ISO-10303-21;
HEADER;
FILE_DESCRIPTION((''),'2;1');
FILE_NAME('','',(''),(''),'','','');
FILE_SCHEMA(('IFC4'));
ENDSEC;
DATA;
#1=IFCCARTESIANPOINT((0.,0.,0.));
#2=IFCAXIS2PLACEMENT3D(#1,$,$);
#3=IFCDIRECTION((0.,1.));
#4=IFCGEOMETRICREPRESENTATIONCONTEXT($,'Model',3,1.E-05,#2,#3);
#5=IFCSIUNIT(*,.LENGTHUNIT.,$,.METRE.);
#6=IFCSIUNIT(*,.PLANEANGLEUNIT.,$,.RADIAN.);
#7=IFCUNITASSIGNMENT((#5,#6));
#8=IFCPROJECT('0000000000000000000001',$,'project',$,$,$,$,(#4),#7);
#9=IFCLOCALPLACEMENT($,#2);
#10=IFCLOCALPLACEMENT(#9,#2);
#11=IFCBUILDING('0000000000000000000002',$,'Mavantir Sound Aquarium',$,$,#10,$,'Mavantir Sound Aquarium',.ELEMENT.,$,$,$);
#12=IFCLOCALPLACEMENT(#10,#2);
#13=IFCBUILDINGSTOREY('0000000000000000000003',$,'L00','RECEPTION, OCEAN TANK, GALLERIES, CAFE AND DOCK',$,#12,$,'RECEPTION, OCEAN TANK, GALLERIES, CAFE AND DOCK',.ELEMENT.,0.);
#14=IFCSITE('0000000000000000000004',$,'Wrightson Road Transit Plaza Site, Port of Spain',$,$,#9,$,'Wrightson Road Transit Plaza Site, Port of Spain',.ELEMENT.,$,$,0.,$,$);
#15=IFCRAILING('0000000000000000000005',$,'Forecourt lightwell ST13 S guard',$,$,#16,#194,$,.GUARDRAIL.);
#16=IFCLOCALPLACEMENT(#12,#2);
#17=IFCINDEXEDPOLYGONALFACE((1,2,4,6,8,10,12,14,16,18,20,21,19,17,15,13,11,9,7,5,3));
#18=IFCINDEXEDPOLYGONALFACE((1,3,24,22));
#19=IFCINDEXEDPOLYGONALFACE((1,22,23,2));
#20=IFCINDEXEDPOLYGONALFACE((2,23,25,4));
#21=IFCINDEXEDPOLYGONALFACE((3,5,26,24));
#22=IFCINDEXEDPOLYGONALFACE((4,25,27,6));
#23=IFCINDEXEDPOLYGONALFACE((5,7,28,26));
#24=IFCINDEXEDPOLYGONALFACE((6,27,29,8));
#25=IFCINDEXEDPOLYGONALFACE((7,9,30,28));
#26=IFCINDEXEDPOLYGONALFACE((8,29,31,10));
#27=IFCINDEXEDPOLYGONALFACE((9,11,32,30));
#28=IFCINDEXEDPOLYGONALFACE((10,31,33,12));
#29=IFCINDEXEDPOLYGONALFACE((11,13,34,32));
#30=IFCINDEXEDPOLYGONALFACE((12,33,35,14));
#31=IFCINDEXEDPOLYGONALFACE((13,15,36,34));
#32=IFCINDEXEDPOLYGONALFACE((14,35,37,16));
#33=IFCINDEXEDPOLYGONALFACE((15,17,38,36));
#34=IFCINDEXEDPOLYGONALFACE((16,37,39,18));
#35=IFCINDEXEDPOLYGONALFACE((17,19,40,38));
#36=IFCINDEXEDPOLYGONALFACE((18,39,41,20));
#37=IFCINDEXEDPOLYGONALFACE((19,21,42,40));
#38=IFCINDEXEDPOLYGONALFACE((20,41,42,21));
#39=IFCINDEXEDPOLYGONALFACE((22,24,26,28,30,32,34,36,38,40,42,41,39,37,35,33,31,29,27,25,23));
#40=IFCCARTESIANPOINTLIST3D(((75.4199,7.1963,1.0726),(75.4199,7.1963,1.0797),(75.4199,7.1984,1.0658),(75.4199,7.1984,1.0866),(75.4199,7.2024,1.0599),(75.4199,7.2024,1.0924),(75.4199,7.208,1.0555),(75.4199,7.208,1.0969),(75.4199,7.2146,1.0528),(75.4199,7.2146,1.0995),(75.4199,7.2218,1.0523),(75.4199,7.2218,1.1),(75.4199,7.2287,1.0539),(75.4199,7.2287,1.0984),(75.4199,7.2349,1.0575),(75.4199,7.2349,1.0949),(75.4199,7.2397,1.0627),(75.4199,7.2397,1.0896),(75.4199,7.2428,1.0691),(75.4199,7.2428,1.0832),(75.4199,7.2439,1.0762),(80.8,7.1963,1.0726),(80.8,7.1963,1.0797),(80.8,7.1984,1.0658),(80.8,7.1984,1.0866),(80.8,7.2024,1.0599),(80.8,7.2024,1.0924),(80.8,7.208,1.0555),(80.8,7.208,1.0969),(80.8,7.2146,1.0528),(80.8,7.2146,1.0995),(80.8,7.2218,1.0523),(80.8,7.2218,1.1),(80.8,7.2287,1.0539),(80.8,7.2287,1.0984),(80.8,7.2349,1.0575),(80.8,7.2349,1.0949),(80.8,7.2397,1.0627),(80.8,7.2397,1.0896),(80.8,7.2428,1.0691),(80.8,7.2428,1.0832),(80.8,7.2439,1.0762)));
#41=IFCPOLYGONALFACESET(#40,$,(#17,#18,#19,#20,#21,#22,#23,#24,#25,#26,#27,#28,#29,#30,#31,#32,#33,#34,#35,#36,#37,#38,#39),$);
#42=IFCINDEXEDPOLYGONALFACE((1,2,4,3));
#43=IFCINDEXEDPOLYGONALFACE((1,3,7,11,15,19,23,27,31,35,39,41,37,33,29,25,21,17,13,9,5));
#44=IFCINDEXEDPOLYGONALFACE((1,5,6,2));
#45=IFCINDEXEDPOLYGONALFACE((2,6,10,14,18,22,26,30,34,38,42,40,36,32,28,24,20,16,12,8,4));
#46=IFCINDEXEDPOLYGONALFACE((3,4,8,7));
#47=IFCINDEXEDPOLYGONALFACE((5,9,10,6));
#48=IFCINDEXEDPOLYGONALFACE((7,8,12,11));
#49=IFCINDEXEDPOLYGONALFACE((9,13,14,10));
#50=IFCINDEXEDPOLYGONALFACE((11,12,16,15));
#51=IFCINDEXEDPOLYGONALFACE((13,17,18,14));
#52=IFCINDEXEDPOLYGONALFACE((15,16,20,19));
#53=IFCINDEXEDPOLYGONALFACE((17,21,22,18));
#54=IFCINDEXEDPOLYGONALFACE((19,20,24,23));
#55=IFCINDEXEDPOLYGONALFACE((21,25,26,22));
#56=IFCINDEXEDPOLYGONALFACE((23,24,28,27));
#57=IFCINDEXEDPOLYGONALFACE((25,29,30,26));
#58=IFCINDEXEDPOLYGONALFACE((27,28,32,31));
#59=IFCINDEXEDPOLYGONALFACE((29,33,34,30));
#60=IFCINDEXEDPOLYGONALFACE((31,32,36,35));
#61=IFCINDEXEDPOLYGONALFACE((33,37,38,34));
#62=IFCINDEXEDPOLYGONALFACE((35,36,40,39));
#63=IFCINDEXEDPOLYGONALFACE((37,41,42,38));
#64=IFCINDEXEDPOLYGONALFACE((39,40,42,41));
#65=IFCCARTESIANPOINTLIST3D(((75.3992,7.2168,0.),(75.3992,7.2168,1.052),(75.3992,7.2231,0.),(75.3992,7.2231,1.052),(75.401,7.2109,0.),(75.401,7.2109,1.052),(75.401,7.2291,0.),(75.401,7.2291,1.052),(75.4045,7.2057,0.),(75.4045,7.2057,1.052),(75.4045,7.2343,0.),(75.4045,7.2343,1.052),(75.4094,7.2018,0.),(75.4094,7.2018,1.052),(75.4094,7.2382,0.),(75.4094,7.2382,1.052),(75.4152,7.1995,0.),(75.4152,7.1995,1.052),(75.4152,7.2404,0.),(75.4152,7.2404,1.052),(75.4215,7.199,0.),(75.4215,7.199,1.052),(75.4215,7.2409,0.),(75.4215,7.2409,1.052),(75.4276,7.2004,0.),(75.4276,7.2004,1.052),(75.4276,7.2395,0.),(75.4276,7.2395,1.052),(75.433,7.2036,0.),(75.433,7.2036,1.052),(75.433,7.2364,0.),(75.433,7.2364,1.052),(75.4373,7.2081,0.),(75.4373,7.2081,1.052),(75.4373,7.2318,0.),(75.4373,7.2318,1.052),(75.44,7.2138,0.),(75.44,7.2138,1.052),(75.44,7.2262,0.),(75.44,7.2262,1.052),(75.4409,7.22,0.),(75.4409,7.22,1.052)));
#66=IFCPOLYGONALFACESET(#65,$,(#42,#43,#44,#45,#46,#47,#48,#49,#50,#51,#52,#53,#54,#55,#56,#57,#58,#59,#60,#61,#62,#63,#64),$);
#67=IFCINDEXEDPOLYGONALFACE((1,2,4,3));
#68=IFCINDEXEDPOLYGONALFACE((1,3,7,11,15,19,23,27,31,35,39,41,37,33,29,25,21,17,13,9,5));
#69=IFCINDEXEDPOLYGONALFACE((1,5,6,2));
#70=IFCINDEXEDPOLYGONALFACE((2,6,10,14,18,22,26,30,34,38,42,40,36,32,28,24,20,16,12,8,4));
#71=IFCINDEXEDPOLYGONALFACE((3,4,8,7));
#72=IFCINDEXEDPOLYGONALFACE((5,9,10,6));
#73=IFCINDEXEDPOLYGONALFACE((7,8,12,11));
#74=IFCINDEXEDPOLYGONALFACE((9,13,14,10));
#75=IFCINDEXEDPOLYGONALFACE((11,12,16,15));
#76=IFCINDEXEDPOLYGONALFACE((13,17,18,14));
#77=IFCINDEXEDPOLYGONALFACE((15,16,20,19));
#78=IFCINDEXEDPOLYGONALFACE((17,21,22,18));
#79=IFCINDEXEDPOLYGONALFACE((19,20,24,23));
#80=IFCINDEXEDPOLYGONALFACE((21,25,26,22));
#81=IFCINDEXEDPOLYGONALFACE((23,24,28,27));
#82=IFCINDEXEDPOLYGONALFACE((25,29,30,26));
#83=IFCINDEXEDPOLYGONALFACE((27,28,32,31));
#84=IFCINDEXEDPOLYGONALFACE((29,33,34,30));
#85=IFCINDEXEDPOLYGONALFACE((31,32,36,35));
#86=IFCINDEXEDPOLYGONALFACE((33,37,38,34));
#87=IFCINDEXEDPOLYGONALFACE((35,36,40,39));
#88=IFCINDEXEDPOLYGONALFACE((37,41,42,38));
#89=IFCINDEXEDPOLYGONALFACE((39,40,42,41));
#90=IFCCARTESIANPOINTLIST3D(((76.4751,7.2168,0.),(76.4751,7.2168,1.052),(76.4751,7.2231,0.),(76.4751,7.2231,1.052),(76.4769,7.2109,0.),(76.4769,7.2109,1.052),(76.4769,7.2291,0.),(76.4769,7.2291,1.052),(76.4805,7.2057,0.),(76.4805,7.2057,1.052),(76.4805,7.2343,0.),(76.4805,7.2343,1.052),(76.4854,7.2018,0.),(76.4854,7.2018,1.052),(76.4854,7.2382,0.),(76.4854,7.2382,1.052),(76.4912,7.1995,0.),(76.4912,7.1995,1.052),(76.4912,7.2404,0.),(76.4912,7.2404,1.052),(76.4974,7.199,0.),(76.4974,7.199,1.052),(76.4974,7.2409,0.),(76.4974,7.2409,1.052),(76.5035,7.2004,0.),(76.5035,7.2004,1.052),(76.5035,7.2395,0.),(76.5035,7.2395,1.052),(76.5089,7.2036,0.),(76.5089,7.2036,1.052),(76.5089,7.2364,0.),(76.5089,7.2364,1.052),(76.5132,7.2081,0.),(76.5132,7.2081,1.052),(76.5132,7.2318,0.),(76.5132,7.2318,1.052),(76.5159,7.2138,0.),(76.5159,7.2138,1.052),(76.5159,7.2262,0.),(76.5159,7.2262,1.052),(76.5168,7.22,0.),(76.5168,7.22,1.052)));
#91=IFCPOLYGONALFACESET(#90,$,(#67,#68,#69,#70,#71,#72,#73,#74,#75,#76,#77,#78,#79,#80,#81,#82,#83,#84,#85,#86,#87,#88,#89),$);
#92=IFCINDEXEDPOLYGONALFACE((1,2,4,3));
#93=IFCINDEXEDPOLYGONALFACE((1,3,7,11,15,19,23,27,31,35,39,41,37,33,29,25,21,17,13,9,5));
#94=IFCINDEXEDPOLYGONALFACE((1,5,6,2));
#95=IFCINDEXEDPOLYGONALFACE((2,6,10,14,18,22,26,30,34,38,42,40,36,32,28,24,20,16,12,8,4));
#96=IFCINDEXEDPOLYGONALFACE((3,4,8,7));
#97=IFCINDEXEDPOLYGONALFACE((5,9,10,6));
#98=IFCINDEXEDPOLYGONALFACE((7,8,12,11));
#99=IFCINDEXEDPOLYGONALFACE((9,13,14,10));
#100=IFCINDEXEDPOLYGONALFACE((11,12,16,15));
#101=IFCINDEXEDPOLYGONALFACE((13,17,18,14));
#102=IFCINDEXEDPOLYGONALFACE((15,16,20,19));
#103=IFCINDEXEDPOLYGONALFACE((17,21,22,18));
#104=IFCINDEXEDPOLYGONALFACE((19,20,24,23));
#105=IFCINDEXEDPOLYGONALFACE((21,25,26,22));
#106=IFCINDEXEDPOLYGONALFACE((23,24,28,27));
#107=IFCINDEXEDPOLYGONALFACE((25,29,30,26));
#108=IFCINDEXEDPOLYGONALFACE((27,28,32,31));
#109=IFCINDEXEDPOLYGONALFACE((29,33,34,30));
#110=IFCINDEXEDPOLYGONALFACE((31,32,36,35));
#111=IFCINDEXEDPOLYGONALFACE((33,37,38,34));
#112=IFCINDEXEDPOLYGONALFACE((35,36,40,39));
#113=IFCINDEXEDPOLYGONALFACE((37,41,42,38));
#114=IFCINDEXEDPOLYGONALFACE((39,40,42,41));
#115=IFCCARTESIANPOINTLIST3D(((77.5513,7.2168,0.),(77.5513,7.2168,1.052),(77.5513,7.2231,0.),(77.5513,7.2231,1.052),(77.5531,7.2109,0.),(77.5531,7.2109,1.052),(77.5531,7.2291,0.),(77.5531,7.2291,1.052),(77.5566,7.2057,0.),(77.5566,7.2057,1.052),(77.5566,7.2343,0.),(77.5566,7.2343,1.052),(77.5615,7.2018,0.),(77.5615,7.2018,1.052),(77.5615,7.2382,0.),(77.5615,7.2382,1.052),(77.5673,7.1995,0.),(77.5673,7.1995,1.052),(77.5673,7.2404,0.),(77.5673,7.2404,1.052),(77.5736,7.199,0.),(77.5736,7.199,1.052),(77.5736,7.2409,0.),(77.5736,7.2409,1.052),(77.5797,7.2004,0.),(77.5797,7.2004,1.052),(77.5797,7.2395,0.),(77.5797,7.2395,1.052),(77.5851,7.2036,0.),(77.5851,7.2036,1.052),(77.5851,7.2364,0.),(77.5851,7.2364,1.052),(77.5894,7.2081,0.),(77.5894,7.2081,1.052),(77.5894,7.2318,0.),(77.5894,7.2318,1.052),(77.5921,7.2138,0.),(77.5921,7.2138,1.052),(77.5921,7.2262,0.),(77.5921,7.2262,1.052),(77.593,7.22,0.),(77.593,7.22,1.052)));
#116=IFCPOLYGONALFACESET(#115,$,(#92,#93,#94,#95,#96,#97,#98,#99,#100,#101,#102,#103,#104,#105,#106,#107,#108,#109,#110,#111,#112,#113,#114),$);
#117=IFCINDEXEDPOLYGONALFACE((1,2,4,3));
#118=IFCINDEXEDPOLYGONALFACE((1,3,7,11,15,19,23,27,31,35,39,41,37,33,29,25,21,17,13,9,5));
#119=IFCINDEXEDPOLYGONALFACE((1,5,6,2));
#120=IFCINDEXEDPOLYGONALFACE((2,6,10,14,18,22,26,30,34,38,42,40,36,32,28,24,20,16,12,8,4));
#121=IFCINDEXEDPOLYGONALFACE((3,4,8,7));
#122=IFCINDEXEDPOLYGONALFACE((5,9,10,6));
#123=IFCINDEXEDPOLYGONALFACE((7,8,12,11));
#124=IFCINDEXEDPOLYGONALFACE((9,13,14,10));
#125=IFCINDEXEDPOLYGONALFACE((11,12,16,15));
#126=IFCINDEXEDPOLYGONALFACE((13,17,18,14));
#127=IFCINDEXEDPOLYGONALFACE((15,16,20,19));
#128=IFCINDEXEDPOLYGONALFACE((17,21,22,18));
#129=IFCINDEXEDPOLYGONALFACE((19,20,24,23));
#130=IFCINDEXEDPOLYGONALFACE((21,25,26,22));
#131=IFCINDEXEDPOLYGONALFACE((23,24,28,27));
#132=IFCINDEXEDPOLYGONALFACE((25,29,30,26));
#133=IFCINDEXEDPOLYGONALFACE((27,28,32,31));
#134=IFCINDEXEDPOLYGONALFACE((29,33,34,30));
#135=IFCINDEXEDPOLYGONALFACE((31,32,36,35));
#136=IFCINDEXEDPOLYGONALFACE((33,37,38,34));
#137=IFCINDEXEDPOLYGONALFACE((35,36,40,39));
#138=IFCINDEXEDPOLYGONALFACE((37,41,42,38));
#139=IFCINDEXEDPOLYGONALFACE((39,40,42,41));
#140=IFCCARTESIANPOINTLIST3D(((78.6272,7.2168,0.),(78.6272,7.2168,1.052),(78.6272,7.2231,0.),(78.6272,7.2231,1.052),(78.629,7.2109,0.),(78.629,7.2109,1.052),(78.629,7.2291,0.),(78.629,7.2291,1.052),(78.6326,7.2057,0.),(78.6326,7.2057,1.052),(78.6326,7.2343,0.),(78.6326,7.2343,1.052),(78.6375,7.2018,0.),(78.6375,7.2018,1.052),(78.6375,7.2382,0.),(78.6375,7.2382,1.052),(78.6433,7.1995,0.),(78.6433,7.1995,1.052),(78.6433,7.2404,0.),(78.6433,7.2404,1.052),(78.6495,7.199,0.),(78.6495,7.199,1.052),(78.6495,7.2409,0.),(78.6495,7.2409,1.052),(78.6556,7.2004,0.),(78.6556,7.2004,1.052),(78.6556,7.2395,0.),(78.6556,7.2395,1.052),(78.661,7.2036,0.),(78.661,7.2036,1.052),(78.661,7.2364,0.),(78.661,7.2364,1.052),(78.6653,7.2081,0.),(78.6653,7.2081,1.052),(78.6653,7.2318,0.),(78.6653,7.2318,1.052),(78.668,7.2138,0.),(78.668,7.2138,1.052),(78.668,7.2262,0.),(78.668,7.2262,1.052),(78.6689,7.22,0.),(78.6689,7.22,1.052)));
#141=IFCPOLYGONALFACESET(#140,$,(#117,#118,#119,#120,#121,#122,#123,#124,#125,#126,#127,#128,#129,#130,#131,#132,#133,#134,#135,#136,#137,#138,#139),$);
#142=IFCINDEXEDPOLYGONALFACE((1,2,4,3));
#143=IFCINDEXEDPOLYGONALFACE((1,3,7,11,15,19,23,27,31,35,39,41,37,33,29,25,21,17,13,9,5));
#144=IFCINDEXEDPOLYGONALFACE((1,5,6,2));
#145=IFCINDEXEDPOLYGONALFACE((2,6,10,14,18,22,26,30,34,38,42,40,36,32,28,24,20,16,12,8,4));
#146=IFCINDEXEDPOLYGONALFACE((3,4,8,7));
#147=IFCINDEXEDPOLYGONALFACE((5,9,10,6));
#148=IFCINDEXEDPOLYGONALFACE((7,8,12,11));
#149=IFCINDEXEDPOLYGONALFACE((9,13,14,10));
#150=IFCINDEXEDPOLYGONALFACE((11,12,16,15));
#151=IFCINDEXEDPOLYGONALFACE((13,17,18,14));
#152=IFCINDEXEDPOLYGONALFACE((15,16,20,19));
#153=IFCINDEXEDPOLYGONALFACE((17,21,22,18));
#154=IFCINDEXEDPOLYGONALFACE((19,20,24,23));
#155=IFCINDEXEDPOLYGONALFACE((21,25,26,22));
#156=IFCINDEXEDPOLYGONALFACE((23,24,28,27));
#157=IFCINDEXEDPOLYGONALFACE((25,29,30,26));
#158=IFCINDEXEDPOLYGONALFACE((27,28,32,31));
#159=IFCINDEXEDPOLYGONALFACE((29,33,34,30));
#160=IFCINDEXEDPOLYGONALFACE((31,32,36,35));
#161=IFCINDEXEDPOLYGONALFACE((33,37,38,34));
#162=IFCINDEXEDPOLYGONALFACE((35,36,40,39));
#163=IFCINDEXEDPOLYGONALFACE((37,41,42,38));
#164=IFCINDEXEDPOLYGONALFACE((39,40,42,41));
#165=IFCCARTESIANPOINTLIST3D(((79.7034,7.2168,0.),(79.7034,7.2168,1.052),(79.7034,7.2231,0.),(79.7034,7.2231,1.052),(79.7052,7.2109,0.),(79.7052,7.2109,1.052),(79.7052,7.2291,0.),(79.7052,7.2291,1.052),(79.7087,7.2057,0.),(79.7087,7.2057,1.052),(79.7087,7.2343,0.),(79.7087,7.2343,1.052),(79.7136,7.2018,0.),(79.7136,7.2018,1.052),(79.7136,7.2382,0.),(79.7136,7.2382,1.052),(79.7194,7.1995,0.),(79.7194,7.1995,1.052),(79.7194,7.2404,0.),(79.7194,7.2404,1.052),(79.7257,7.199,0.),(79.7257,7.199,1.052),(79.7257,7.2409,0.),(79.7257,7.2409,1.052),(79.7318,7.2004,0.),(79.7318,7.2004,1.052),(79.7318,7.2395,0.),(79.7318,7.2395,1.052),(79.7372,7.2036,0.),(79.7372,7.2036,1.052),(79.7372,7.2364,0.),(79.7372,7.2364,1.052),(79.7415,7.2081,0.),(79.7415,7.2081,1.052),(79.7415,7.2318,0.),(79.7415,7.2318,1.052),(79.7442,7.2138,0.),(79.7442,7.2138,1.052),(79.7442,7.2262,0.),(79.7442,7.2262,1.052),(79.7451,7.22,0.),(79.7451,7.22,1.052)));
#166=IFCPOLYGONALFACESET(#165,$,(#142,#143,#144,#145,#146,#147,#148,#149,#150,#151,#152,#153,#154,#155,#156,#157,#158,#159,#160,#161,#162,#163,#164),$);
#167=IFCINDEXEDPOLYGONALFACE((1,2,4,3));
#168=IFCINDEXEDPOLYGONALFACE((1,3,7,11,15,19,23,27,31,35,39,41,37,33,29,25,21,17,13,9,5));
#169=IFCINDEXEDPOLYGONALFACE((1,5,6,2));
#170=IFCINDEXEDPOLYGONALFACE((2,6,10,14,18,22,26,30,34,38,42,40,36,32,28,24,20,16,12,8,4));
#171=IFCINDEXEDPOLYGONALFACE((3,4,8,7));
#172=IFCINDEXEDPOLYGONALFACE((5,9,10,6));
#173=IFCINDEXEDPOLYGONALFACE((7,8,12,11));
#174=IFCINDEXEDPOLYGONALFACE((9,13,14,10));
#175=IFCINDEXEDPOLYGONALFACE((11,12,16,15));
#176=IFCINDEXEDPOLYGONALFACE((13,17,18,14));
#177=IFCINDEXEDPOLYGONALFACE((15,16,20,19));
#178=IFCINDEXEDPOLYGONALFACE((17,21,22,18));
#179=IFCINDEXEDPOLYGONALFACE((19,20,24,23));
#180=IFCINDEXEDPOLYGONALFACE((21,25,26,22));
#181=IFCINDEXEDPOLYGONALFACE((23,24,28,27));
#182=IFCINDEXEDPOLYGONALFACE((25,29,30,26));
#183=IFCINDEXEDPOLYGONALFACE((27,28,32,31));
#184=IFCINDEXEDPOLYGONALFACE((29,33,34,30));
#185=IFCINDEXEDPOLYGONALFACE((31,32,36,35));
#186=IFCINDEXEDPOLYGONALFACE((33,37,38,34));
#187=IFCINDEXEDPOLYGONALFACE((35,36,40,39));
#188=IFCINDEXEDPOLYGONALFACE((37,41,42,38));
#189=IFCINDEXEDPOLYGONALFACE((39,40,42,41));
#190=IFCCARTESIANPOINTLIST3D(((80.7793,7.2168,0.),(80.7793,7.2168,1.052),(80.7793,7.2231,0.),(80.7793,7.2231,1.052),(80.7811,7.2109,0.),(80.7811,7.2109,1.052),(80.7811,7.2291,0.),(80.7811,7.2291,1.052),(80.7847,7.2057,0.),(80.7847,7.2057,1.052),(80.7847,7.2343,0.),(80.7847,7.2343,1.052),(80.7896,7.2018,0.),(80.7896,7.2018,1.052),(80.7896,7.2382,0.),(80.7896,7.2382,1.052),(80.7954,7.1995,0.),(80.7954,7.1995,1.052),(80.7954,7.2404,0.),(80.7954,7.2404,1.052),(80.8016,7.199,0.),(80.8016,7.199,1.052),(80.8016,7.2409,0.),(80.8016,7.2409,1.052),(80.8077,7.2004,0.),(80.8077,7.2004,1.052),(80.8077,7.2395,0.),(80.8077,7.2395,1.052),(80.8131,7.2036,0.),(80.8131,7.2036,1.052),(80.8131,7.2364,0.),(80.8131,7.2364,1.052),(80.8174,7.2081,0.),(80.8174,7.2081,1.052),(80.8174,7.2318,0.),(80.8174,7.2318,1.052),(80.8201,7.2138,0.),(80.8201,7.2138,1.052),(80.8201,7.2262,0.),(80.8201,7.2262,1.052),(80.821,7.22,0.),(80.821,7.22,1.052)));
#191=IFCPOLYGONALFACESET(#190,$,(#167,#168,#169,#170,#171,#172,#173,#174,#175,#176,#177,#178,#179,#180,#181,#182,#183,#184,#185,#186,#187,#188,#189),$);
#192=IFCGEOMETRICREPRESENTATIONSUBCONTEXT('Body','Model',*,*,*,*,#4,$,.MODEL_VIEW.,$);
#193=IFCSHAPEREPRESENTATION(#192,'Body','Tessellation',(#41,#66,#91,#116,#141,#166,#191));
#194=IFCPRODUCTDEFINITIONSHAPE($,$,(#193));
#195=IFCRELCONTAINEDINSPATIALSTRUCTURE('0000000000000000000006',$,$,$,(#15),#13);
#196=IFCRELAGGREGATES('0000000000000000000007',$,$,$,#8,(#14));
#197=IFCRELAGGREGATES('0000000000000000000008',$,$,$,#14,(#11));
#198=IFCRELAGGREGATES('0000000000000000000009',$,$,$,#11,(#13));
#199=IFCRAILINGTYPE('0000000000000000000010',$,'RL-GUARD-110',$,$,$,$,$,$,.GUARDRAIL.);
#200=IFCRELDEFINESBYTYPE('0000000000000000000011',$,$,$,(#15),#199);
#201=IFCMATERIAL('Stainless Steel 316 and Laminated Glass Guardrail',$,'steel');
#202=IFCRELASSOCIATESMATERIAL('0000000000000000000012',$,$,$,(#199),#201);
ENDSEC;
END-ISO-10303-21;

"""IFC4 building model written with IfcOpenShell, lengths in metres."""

from ifc_helpers import new_model, si_unit, direction, frame, origin, origin_2d, place, context, subcontext, project, spatial, circle, extrude, material, type_object, element, save


model = new_model("IFC4")

# Units and contexts
model_context = context("Model", 3, precision=1e-05, world=origin(), true_north=direction((0.0, 1.0)))
body_context = subcontext(model_context, "Body", "Model", "MODEL_VIEW")
ifc_project = project(units=[si_unit("LENGTHUNIT", "METRE"), si_unit("PLANEANGLEUNIT", "RADIAN")], contexts=[model_context])

# Site, building, storey
site_placement = place(None, origin())
site = spatial("IfcSite", under=ifc_project, at=site_placement, Name="Wrightson Road Transit Plaza Site, Port of Spain", LongName="Wrightson Road Transit Plaza Site, Port of Spain", CompositionType="ELEMENT", RefElevation=0.0)
building_placement = place(site_placement, origin())
building = spatial("IfcBuilding", under=site, at=building_placement, Name="Mavantir Sound Aquarium", LongName="Mavantir Sound Aquarium", CompositionType="ELEMENT")
storey_placement = place(building_placement, origin())
storey = spatial("IfcBuildingStorey", under=building, at=storey_placement, Name="L00", Description="RECEPTION, OCEAN TANK, GALLERIES, CAFE AND DOCK", LongName="RECEPTION, OCEAN TANK, GALLERIES, CAFE AND DOCK", CompositionType="ELEMENT", Elevation=0.0)

# Railing
ifc_material_1 = material(Name="Stainless Steel 316 and Laminated Glass Guardrail", Category="steel")
railing_type_1 = type_object("IfcRailingType", Name="RL-GUARD-110", PredefinedType="GUARDRAIL", material=ifc_material_1)
railing_1_placement = place(storey_placement, frame((75.4199, 7.22, 0.0)))
element("IfcRailing", 1, at=railing_1_placement, inside=storey, type_object=railing_type_1, Name="Forecourt lightwell ST13 S guard", PredefinedType="GUARDRAIL", context=body_context, shape_type="SweptSolid", body=[
    extrude(circle(Radius=0.0239, at=origin_2d()), frame((0.0, 0.0, 1.0762), z_axis=(1.0, 0.0, 0.0), x_axis=(0.0, 1.0, 0.0)), (0.0, 0.0, 1.0), 5.3801),
    extrude(circle(Radius=0.021, at=origin_2d()), origin(), (0.0, 0.0, 1.0), 1.052),
    extrude(circle(Radius=0.021, at=origin_2d()), frame((1.0759, 0.0, 0.0)), (0.0, 0.0, 1.0), 1.052),
    extrude(circle(Radius=0.021, at=origin_2d()), frame((2.1521, 0.0, 0.0)), (0.0, 0.0, 1.0), 1.052),
    extrude(circle(Radius=0.021, at=origin_2d()), frame((3.228, 0.0, 0.0)), (0.0, 0.0, 1.0), 1.052),
    extrude(circle(Radius=0.021, at=origin_2d()), frame((4.3042, 0.0, 0.0)), (0.0, 0.0, 1.0), 1.052),
    extrude(circle(Radius=0.021, at=origin_2d()), frame((5.3801, 0.0, 0.0)), (0.0, 0.0, 1.0), 1.052),
])

save(model, "model.ifc")
